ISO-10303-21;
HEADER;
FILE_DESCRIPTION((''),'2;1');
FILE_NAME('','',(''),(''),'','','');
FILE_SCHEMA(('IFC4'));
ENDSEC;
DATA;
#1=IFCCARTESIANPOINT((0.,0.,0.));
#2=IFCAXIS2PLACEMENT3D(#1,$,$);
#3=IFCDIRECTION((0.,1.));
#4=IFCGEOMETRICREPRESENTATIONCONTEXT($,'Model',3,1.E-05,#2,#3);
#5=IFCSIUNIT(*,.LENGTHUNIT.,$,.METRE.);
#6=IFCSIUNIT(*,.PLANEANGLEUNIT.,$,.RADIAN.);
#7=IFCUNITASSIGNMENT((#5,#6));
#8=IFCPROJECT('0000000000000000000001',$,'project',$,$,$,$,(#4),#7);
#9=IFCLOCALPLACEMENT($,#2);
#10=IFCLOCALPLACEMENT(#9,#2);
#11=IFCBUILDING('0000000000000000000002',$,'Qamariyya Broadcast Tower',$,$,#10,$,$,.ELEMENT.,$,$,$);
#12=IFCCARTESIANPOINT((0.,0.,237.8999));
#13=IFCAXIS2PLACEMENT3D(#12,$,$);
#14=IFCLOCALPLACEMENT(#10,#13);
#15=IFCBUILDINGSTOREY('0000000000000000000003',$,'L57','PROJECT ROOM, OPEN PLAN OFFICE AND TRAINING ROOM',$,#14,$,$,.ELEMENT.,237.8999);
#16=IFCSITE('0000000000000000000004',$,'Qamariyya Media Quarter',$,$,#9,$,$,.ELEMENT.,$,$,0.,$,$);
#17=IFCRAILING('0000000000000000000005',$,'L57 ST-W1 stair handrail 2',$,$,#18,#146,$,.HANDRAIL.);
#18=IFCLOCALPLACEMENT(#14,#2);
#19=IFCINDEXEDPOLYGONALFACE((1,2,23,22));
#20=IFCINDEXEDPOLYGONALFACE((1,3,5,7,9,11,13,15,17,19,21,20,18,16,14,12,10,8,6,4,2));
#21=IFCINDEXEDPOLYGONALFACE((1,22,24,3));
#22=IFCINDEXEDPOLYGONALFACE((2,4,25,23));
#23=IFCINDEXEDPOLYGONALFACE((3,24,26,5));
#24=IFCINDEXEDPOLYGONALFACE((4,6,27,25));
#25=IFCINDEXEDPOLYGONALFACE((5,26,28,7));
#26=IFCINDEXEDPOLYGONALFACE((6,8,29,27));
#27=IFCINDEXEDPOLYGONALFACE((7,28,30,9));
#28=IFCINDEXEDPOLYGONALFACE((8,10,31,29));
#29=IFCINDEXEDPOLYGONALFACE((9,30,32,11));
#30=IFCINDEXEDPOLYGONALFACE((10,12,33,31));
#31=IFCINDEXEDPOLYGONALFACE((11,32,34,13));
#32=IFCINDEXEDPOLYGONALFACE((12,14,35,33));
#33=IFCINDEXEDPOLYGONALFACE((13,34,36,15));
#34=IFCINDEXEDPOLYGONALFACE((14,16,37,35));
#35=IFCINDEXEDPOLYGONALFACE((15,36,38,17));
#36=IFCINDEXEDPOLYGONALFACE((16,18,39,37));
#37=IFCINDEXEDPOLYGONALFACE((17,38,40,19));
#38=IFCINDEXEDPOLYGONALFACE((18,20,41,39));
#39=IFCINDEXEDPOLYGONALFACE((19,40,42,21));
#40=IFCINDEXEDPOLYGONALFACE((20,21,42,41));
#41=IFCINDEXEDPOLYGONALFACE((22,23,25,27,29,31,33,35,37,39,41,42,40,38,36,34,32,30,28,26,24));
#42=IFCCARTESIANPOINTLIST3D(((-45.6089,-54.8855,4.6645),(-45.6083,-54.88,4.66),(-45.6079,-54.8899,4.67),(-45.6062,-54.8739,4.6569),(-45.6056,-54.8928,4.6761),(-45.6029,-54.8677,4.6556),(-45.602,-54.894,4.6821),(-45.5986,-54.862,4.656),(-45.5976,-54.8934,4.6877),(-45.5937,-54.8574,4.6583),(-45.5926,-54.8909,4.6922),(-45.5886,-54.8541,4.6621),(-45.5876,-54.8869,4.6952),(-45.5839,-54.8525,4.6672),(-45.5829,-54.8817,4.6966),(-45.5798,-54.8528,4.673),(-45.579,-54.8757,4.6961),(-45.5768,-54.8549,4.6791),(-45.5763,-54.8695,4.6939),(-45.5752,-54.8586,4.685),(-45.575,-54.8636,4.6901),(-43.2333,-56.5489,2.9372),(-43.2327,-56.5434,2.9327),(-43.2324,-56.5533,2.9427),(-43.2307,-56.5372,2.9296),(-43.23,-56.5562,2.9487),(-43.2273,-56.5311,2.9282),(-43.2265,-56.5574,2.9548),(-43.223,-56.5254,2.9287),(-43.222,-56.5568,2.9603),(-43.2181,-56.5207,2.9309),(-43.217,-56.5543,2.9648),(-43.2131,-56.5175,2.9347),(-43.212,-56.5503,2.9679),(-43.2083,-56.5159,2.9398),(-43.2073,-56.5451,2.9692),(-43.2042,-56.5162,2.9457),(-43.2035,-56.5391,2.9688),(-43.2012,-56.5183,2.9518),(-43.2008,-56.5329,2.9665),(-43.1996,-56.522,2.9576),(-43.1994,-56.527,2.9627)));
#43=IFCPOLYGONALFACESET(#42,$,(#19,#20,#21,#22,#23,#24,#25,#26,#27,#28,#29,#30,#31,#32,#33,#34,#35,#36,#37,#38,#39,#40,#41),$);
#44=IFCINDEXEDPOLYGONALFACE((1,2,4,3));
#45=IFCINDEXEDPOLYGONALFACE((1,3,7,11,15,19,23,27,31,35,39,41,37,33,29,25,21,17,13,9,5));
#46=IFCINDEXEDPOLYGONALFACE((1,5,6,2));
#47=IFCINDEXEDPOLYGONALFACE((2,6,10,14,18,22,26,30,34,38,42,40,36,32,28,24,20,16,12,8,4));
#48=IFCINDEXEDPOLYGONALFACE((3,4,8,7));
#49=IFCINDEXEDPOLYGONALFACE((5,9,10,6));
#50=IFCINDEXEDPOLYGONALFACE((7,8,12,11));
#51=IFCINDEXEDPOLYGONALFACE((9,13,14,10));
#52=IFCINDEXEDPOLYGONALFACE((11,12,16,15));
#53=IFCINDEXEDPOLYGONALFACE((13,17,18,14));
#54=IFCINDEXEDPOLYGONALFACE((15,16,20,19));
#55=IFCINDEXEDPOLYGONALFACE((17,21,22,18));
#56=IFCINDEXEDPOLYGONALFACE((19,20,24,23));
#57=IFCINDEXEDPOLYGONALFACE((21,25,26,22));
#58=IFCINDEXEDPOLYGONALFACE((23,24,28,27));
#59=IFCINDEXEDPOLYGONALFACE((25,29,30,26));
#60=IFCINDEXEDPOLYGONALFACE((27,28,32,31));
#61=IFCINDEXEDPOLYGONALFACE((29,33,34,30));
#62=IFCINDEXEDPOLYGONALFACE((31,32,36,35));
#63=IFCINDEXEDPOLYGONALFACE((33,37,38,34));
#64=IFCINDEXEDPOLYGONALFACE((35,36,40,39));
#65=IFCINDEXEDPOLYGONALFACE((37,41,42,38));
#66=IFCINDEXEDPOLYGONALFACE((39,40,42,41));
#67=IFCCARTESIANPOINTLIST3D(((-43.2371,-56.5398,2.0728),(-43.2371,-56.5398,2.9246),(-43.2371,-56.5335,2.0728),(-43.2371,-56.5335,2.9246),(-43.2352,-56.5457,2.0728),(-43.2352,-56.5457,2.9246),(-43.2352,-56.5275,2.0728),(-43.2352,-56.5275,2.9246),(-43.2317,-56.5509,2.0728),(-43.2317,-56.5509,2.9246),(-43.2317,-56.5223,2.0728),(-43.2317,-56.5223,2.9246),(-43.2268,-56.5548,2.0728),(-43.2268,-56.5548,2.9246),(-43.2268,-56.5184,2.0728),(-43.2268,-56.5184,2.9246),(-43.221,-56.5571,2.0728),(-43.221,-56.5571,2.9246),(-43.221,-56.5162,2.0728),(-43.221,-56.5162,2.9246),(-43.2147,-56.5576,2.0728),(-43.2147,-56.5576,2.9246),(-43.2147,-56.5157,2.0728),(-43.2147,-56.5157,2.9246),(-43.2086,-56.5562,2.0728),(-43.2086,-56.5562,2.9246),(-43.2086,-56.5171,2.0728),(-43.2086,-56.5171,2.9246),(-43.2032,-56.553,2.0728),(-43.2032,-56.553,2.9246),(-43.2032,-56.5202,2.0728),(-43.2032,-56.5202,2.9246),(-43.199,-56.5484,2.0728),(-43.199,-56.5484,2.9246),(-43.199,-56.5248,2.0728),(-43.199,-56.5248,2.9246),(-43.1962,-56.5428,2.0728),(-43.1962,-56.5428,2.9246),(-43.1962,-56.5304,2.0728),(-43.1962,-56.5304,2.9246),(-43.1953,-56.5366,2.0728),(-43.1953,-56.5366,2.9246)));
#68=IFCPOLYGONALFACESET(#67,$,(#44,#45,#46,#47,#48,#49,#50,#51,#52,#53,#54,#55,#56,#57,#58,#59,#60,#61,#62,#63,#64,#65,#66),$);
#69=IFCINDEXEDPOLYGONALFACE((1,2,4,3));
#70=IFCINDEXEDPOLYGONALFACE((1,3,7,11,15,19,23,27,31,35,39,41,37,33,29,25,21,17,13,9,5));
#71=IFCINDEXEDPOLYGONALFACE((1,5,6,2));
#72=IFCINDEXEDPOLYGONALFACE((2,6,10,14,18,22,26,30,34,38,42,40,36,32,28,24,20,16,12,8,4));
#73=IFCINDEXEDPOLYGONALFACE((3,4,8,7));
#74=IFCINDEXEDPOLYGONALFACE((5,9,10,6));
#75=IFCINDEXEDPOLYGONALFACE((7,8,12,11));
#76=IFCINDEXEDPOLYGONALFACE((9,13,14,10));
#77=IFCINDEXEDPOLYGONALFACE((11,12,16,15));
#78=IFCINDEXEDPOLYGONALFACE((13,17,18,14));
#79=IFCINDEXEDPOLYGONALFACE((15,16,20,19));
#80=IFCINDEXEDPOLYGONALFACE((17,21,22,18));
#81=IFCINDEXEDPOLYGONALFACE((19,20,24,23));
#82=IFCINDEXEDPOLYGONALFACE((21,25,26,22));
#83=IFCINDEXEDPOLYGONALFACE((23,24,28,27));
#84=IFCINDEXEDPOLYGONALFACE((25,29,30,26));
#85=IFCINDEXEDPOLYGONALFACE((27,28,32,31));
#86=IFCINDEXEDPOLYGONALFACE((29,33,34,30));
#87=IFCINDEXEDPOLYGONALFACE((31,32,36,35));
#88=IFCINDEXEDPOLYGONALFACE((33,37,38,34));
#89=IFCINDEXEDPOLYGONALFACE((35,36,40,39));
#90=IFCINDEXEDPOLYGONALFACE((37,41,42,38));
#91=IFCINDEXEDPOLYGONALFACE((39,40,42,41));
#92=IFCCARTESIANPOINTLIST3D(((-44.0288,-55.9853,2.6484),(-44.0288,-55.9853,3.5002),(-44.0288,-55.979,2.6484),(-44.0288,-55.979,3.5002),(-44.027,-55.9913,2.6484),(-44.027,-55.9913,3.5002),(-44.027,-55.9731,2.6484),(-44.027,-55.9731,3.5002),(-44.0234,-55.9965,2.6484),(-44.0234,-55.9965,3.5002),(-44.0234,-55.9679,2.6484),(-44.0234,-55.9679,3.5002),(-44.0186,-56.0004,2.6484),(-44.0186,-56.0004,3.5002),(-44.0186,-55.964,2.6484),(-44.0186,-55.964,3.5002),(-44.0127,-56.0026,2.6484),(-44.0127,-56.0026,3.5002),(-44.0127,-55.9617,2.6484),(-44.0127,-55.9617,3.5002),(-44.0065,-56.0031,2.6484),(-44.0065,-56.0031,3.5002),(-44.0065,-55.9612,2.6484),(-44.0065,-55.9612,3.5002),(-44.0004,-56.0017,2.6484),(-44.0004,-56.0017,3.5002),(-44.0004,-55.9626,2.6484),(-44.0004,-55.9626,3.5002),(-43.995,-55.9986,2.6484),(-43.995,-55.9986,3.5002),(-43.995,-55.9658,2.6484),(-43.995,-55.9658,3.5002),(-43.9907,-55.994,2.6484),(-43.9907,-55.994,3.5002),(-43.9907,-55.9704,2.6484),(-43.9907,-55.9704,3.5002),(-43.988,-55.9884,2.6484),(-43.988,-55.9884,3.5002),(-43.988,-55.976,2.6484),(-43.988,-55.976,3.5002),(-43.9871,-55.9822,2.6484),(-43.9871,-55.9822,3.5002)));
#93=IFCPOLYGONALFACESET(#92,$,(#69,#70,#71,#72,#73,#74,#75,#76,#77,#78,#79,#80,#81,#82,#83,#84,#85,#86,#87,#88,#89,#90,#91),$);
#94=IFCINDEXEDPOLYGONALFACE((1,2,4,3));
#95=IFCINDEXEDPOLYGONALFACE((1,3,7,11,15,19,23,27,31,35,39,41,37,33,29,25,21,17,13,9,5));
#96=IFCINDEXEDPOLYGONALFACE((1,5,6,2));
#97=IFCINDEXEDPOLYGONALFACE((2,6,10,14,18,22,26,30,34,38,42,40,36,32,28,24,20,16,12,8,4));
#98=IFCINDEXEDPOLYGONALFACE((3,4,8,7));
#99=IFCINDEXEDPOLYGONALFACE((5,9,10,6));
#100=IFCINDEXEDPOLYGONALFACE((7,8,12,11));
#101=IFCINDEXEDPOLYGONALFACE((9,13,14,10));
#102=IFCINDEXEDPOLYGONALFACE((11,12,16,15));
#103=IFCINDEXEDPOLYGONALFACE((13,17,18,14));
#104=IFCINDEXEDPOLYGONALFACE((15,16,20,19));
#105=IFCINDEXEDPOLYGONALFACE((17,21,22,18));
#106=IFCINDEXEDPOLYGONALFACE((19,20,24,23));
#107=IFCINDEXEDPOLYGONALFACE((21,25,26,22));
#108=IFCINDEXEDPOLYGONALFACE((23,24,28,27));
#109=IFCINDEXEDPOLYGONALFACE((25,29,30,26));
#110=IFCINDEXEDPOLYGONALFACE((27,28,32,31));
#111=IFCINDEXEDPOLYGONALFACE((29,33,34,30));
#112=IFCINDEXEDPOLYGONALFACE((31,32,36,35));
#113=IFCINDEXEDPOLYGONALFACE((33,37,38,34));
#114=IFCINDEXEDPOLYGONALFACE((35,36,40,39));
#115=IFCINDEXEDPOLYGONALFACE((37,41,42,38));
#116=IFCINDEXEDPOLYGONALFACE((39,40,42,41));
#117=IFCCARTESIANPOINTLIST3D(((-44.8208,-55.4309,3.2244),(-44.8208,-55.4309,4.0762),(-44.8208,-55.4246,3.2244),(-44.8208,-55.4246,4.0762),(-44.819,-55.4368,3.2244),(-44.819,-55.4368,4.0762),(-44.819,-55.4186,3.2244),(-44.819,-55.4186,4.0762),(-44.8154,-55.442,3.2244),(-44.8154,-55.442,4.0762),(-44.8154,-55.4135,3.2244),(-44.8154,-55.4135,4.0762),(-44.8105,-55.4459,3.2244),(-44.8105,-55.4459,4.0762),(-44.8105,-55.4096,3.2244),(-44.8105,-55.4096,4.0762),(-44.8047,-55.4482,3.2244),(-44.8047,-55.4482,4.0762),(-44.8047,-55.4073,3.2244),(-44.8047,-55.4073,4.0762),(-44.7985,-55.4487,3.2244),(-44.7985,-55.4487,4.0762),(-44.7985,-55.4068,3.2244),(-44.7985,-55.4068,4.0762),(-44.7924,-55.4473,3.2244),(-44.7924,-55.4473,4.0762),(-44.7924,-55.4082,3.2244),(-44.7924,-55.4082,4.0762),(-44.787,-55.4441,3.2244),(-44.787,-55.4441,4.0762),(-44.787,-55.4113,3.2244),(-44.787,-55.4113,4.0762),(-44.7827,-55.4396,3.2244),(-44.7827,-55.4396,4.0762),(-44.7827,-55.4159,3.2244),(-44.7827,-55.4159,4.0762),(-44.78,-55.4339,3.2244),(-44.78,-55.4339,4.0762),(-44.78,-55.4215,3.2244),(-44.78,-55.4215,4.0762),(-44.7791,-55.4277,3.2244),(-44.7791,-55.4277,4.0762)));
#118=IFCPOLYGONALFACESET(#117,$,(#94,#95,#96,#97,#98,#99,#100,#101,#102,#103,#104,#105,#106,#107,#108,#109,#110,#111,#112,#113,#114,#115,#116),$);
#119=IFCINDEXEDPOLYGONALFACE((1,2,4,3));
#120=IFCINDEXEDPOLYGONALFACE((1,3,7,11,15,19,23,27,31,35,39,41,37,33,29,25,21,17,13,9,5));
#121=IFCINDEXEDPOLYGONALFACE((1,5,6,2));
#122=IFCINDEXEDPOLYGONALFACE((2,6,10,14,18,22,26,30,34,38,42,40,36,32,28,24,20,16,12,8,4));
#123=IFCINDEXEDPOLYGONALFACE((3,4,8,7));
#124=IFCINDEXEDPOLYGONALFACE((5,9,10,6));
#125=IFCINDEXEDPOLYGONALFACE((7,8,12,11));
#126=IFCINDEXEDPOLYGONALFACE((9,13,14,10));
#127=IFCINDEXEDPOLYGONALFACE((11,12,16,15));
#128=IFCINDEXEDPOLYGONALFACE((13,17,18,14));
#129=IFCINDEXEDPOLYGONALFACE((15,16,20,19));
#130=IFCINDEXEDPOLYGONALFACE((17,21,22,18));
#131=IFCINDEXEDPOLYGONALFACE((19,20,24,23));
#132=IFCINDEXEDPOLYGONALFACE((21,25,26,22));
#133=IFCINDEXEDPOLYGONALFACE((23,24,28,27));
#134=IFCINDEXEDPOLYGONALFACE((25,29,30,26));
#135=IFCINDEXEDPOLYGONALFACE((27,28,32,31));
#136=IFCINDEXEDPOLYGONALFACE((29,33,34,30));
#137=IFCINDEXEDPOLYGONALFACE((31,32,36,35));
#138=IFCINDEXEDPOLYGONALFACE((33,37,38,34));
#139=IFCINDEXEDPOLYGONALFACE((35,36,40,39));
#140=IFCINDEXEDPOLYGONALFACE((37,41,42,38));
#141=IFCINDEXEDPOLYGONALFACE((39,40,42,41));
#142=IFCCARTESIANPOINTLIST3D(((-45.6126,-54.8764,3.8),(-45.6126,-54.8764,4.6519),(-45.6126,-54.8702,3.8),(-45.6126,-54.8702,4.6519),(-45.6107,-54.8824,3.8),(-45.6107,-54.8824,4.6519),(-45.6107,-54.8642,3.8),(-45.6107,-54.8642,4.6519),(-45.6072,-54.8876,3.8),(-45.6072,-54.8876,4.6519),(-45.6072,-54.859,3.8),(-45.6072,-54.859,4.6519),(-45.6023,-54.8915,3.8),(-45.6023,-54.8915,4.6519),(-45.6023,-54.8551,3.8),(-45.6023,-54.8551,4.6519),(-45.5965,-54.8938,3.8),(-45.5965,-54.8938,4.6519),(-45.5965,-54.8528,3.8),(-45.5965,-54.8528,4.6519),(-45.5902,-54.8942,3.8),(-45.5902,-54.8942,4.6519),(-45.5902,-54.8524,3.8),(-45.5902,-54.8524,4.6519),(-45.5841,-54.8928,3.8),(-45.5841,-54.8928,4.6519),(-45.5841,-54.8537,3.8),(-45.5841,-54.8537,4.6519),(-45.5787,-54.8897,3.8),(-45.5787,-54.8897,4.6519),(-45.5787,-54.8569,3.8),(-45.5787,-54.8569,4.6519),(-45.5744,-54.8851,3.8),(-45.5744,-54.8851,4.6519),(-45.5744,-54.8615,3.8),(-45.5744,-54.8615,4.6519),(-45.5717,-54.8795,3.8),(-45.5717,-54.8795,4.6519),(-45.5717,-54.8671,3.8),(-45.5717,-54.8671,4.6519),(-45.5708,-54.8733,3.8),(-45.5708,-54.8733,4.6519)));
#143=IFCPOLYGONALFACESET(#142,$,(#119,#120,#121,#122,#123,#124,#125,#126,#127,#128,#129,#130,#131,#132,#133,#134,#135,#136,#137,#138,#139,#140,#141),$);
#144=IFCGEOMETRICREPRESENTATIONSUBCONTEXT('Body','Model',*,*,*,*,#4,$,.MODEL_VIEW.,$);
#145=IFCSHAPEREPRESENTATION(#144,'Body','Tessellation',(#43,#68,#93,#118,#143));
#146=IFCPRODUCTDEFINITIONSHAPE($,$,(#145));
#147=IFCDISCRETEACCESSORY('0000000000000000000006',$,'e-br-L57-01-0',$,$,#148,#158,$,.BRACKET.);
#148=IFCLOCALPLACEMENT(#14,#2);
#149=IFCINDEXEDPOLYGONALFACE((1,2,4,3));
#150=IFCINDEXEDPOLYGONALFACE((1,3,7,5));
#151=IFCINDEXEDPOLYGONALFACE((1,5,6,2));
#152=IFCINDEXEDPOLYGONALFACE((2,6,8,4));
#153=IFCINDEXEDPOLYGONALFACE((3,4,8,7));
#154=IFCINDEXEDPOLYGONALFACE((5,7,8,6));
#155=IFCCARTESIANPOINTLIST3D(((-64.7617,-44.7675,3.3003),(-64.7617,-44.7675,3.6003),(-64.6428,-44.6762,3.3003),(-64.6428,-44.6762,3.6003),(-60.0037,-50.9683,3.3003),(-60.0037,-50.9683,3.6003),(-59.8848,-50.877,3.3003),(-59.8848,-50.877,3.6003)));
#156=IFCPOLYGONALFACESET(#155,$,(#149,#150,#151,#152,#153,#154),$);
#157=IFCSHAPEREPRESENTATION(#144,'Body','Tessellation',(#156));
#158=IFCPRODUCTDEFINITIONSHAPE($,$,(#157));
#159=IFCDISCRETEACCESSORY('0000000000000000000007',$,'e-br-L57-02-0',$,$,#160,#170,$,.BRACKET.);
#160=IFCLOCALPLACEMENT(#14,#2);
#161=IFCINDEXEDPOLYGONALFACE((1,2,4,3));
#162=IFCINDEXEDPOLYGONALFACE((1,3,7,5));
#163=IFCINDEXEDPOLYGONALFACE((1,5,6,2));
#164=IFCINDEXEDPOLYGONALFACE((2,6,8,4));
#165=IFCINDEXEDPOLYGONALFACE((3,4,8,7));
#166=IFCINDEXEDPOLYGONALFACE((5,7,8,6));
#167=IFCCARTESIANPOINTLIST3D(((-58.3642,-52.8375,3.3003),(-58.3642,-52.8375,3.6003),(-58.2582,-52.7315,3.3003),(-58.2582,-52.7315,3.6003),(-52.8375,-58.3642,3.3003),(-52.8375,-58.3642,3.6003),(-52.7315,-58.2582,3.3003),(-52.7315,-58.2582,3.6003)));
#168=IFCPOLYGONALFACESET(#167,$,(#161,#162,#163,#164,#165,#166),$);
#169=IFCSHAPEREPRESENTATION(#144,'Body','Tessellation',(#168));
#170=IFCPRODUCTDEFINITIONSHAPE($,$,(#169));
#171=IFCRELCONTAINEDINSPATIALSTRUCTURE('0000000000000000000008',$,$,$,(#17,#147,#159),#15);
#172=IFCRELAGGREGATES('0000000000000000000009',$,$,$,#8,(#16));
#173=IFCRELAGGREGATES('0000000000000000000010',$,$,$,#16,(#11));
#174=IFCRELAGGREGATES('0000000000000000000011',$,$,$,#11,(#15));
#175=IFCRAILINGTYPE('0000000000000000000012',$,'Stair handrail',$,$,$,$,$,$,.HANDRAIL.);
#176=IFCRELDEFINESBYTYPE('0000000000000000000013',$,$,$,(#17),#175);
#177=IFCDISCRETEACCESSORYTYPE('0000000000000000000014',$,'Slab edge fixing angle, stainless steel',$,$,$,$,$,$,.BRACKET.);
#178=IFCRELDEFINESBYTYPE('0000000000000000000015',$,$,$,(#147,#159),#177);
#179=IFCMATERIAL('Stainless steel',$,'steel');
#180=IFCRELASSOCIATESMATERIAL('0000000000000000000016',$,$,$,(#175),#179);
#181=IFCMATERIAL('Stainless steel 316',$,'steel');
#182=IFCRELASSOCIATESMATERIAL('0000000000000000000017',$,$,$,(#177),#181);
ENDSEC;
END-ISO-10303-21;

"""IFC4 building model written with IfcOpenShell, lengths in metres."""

from ifc_helpers import new_model, si_unit, direction, frame, origin, origin_2d, place, context, subcontext, project, spatial, rectangle, circle, extrude, material, type_object, element, save


model = new_model("IFC4")

# Units and contexts
model_context = context("Model", 3, precision=1e-05, world=origin(), true_north=direction((0.0, 1.0)))
body_context = subcontext(model_context, "Body", "Model", "MODEL_VIEW")
ifc_project = project(units=[si_unit("LENGTHUNIT", "METRE"), si_unit("PLANEANGLEUNIT", "RADIAN")], contexts=[model_context])

# Site, building, storey
site_placement = place(None, origin())
site = spatial("IfcSite", under=ifc_project, at=site_placement, Name="Qamariyya Media Quarter", CompositionType="ELEMENT", RefElevation=0.0)
building_placement = place(site_placement, origin())
building = spatial("IfcBuilding", under=site, at=building_placement, Name="Qamariyya Broadcast Tower", CompositionType="ELEMENT")
storey_placement = place(building_placement, frame((0.0, 0.0, 237.8999)))
storey = spatial("IfcBuildingStorey", under=building, at=storey_placement, Name="L57", Description="PROJECT ROOM, OPEN PLAN OFFICE AND TRAINING ROOM", CompositionType="ELEMENT", Elevation=237.8999)

# Railing
ifc_material_1 = material(Name="Stainless steel", Category="steel")
railing_type_1 = type_object("IfcRailingType", Name="Stair handrail", PredefinedType="HANDRAIL", material=ifc_material_1)
railing_1_placement = place(storey_placement, frame((-43.2163, -56.5366, 2.0728)))
element("IfcRailing", 1, at=railing_1_placement, inside=storey, type_object=railing_type_1, Name="L57 ST-W1 stair handrail 2", PredefinedType="HANDRAIL", context=body_context, shape_type="SweptSolid", body=[
    extrude(circle(Radius=0.0239, at=origin_2d()), frame((0.0, 0.0, 0.876), z_axis=(-0.70377, 0.492784, 0.511734), x_axis=(-0.573575, -0.819153, 0.0)), (0.0, 0.0, 1.0), 3.3755),
    extrude(circle(Radius=0.021, at=origin_2d()), origin(), (0.0, 0.0, 1.0), 0.8518),
    extrude(circle(Radius=0.021, at=origin_2d()), frame((-0.7917, 0.5544, 0.5757)), (0.0, 0.0, 1.0), 0.8518),
    extrude(circle(Radius=0.021, at=origin_2d()), frame((-1.5837, 1.1089, 1.1516)), (0.0, 0.0, 1.0), 0.8518),
    extrude(circle(Radius=0.021, at=origin_2d()), frame((-2.3755, 1.6633, 1.7273)), (0.0, 0.0, 1.0), 0.8518),
])

# Discrete accessories
ifc_material_2 = material(Name="Stainless steel 316", Category="steel")
discrete_accessory_type = type_object("IfcDiscreteAccessoryType", Name="Slab edge fixing angle, stainless steel", PredefinedType="BRACKET", material=ifc_material_2)
for number, where, z_axis, x_axis, name in (
    (2, (-62.3232, -47.8223, 3.3003), (0.0, 0.0, 1.0), (0.608761, -0.793353, 0.0), "e-br-L57-01-0"),
    (3, (-55.5479, -55.5479, 3.3003), (0.0, 0.0, 1.0), (0.707107, -0.707107, 0.0), "e-br-L57-02-0"),
):
    element("IfcDiscreteAccessory", number, at=place(storey_placement, frame(where, z_axis=z_axis, x_axis=x_axis)), inside=storey, type_object=discrete_accessory_type, Name=name, PredefinedType="BRACKET", context=body_context, shape_type="SweptSolid", body=[
        extrude(rectangle(XDim=7.8159, YDim=0.1499, at=origin_2d()), origin(), (0.0, 0.0, 1.0), 0.3),
    ])

save(model, "model.ifc")
